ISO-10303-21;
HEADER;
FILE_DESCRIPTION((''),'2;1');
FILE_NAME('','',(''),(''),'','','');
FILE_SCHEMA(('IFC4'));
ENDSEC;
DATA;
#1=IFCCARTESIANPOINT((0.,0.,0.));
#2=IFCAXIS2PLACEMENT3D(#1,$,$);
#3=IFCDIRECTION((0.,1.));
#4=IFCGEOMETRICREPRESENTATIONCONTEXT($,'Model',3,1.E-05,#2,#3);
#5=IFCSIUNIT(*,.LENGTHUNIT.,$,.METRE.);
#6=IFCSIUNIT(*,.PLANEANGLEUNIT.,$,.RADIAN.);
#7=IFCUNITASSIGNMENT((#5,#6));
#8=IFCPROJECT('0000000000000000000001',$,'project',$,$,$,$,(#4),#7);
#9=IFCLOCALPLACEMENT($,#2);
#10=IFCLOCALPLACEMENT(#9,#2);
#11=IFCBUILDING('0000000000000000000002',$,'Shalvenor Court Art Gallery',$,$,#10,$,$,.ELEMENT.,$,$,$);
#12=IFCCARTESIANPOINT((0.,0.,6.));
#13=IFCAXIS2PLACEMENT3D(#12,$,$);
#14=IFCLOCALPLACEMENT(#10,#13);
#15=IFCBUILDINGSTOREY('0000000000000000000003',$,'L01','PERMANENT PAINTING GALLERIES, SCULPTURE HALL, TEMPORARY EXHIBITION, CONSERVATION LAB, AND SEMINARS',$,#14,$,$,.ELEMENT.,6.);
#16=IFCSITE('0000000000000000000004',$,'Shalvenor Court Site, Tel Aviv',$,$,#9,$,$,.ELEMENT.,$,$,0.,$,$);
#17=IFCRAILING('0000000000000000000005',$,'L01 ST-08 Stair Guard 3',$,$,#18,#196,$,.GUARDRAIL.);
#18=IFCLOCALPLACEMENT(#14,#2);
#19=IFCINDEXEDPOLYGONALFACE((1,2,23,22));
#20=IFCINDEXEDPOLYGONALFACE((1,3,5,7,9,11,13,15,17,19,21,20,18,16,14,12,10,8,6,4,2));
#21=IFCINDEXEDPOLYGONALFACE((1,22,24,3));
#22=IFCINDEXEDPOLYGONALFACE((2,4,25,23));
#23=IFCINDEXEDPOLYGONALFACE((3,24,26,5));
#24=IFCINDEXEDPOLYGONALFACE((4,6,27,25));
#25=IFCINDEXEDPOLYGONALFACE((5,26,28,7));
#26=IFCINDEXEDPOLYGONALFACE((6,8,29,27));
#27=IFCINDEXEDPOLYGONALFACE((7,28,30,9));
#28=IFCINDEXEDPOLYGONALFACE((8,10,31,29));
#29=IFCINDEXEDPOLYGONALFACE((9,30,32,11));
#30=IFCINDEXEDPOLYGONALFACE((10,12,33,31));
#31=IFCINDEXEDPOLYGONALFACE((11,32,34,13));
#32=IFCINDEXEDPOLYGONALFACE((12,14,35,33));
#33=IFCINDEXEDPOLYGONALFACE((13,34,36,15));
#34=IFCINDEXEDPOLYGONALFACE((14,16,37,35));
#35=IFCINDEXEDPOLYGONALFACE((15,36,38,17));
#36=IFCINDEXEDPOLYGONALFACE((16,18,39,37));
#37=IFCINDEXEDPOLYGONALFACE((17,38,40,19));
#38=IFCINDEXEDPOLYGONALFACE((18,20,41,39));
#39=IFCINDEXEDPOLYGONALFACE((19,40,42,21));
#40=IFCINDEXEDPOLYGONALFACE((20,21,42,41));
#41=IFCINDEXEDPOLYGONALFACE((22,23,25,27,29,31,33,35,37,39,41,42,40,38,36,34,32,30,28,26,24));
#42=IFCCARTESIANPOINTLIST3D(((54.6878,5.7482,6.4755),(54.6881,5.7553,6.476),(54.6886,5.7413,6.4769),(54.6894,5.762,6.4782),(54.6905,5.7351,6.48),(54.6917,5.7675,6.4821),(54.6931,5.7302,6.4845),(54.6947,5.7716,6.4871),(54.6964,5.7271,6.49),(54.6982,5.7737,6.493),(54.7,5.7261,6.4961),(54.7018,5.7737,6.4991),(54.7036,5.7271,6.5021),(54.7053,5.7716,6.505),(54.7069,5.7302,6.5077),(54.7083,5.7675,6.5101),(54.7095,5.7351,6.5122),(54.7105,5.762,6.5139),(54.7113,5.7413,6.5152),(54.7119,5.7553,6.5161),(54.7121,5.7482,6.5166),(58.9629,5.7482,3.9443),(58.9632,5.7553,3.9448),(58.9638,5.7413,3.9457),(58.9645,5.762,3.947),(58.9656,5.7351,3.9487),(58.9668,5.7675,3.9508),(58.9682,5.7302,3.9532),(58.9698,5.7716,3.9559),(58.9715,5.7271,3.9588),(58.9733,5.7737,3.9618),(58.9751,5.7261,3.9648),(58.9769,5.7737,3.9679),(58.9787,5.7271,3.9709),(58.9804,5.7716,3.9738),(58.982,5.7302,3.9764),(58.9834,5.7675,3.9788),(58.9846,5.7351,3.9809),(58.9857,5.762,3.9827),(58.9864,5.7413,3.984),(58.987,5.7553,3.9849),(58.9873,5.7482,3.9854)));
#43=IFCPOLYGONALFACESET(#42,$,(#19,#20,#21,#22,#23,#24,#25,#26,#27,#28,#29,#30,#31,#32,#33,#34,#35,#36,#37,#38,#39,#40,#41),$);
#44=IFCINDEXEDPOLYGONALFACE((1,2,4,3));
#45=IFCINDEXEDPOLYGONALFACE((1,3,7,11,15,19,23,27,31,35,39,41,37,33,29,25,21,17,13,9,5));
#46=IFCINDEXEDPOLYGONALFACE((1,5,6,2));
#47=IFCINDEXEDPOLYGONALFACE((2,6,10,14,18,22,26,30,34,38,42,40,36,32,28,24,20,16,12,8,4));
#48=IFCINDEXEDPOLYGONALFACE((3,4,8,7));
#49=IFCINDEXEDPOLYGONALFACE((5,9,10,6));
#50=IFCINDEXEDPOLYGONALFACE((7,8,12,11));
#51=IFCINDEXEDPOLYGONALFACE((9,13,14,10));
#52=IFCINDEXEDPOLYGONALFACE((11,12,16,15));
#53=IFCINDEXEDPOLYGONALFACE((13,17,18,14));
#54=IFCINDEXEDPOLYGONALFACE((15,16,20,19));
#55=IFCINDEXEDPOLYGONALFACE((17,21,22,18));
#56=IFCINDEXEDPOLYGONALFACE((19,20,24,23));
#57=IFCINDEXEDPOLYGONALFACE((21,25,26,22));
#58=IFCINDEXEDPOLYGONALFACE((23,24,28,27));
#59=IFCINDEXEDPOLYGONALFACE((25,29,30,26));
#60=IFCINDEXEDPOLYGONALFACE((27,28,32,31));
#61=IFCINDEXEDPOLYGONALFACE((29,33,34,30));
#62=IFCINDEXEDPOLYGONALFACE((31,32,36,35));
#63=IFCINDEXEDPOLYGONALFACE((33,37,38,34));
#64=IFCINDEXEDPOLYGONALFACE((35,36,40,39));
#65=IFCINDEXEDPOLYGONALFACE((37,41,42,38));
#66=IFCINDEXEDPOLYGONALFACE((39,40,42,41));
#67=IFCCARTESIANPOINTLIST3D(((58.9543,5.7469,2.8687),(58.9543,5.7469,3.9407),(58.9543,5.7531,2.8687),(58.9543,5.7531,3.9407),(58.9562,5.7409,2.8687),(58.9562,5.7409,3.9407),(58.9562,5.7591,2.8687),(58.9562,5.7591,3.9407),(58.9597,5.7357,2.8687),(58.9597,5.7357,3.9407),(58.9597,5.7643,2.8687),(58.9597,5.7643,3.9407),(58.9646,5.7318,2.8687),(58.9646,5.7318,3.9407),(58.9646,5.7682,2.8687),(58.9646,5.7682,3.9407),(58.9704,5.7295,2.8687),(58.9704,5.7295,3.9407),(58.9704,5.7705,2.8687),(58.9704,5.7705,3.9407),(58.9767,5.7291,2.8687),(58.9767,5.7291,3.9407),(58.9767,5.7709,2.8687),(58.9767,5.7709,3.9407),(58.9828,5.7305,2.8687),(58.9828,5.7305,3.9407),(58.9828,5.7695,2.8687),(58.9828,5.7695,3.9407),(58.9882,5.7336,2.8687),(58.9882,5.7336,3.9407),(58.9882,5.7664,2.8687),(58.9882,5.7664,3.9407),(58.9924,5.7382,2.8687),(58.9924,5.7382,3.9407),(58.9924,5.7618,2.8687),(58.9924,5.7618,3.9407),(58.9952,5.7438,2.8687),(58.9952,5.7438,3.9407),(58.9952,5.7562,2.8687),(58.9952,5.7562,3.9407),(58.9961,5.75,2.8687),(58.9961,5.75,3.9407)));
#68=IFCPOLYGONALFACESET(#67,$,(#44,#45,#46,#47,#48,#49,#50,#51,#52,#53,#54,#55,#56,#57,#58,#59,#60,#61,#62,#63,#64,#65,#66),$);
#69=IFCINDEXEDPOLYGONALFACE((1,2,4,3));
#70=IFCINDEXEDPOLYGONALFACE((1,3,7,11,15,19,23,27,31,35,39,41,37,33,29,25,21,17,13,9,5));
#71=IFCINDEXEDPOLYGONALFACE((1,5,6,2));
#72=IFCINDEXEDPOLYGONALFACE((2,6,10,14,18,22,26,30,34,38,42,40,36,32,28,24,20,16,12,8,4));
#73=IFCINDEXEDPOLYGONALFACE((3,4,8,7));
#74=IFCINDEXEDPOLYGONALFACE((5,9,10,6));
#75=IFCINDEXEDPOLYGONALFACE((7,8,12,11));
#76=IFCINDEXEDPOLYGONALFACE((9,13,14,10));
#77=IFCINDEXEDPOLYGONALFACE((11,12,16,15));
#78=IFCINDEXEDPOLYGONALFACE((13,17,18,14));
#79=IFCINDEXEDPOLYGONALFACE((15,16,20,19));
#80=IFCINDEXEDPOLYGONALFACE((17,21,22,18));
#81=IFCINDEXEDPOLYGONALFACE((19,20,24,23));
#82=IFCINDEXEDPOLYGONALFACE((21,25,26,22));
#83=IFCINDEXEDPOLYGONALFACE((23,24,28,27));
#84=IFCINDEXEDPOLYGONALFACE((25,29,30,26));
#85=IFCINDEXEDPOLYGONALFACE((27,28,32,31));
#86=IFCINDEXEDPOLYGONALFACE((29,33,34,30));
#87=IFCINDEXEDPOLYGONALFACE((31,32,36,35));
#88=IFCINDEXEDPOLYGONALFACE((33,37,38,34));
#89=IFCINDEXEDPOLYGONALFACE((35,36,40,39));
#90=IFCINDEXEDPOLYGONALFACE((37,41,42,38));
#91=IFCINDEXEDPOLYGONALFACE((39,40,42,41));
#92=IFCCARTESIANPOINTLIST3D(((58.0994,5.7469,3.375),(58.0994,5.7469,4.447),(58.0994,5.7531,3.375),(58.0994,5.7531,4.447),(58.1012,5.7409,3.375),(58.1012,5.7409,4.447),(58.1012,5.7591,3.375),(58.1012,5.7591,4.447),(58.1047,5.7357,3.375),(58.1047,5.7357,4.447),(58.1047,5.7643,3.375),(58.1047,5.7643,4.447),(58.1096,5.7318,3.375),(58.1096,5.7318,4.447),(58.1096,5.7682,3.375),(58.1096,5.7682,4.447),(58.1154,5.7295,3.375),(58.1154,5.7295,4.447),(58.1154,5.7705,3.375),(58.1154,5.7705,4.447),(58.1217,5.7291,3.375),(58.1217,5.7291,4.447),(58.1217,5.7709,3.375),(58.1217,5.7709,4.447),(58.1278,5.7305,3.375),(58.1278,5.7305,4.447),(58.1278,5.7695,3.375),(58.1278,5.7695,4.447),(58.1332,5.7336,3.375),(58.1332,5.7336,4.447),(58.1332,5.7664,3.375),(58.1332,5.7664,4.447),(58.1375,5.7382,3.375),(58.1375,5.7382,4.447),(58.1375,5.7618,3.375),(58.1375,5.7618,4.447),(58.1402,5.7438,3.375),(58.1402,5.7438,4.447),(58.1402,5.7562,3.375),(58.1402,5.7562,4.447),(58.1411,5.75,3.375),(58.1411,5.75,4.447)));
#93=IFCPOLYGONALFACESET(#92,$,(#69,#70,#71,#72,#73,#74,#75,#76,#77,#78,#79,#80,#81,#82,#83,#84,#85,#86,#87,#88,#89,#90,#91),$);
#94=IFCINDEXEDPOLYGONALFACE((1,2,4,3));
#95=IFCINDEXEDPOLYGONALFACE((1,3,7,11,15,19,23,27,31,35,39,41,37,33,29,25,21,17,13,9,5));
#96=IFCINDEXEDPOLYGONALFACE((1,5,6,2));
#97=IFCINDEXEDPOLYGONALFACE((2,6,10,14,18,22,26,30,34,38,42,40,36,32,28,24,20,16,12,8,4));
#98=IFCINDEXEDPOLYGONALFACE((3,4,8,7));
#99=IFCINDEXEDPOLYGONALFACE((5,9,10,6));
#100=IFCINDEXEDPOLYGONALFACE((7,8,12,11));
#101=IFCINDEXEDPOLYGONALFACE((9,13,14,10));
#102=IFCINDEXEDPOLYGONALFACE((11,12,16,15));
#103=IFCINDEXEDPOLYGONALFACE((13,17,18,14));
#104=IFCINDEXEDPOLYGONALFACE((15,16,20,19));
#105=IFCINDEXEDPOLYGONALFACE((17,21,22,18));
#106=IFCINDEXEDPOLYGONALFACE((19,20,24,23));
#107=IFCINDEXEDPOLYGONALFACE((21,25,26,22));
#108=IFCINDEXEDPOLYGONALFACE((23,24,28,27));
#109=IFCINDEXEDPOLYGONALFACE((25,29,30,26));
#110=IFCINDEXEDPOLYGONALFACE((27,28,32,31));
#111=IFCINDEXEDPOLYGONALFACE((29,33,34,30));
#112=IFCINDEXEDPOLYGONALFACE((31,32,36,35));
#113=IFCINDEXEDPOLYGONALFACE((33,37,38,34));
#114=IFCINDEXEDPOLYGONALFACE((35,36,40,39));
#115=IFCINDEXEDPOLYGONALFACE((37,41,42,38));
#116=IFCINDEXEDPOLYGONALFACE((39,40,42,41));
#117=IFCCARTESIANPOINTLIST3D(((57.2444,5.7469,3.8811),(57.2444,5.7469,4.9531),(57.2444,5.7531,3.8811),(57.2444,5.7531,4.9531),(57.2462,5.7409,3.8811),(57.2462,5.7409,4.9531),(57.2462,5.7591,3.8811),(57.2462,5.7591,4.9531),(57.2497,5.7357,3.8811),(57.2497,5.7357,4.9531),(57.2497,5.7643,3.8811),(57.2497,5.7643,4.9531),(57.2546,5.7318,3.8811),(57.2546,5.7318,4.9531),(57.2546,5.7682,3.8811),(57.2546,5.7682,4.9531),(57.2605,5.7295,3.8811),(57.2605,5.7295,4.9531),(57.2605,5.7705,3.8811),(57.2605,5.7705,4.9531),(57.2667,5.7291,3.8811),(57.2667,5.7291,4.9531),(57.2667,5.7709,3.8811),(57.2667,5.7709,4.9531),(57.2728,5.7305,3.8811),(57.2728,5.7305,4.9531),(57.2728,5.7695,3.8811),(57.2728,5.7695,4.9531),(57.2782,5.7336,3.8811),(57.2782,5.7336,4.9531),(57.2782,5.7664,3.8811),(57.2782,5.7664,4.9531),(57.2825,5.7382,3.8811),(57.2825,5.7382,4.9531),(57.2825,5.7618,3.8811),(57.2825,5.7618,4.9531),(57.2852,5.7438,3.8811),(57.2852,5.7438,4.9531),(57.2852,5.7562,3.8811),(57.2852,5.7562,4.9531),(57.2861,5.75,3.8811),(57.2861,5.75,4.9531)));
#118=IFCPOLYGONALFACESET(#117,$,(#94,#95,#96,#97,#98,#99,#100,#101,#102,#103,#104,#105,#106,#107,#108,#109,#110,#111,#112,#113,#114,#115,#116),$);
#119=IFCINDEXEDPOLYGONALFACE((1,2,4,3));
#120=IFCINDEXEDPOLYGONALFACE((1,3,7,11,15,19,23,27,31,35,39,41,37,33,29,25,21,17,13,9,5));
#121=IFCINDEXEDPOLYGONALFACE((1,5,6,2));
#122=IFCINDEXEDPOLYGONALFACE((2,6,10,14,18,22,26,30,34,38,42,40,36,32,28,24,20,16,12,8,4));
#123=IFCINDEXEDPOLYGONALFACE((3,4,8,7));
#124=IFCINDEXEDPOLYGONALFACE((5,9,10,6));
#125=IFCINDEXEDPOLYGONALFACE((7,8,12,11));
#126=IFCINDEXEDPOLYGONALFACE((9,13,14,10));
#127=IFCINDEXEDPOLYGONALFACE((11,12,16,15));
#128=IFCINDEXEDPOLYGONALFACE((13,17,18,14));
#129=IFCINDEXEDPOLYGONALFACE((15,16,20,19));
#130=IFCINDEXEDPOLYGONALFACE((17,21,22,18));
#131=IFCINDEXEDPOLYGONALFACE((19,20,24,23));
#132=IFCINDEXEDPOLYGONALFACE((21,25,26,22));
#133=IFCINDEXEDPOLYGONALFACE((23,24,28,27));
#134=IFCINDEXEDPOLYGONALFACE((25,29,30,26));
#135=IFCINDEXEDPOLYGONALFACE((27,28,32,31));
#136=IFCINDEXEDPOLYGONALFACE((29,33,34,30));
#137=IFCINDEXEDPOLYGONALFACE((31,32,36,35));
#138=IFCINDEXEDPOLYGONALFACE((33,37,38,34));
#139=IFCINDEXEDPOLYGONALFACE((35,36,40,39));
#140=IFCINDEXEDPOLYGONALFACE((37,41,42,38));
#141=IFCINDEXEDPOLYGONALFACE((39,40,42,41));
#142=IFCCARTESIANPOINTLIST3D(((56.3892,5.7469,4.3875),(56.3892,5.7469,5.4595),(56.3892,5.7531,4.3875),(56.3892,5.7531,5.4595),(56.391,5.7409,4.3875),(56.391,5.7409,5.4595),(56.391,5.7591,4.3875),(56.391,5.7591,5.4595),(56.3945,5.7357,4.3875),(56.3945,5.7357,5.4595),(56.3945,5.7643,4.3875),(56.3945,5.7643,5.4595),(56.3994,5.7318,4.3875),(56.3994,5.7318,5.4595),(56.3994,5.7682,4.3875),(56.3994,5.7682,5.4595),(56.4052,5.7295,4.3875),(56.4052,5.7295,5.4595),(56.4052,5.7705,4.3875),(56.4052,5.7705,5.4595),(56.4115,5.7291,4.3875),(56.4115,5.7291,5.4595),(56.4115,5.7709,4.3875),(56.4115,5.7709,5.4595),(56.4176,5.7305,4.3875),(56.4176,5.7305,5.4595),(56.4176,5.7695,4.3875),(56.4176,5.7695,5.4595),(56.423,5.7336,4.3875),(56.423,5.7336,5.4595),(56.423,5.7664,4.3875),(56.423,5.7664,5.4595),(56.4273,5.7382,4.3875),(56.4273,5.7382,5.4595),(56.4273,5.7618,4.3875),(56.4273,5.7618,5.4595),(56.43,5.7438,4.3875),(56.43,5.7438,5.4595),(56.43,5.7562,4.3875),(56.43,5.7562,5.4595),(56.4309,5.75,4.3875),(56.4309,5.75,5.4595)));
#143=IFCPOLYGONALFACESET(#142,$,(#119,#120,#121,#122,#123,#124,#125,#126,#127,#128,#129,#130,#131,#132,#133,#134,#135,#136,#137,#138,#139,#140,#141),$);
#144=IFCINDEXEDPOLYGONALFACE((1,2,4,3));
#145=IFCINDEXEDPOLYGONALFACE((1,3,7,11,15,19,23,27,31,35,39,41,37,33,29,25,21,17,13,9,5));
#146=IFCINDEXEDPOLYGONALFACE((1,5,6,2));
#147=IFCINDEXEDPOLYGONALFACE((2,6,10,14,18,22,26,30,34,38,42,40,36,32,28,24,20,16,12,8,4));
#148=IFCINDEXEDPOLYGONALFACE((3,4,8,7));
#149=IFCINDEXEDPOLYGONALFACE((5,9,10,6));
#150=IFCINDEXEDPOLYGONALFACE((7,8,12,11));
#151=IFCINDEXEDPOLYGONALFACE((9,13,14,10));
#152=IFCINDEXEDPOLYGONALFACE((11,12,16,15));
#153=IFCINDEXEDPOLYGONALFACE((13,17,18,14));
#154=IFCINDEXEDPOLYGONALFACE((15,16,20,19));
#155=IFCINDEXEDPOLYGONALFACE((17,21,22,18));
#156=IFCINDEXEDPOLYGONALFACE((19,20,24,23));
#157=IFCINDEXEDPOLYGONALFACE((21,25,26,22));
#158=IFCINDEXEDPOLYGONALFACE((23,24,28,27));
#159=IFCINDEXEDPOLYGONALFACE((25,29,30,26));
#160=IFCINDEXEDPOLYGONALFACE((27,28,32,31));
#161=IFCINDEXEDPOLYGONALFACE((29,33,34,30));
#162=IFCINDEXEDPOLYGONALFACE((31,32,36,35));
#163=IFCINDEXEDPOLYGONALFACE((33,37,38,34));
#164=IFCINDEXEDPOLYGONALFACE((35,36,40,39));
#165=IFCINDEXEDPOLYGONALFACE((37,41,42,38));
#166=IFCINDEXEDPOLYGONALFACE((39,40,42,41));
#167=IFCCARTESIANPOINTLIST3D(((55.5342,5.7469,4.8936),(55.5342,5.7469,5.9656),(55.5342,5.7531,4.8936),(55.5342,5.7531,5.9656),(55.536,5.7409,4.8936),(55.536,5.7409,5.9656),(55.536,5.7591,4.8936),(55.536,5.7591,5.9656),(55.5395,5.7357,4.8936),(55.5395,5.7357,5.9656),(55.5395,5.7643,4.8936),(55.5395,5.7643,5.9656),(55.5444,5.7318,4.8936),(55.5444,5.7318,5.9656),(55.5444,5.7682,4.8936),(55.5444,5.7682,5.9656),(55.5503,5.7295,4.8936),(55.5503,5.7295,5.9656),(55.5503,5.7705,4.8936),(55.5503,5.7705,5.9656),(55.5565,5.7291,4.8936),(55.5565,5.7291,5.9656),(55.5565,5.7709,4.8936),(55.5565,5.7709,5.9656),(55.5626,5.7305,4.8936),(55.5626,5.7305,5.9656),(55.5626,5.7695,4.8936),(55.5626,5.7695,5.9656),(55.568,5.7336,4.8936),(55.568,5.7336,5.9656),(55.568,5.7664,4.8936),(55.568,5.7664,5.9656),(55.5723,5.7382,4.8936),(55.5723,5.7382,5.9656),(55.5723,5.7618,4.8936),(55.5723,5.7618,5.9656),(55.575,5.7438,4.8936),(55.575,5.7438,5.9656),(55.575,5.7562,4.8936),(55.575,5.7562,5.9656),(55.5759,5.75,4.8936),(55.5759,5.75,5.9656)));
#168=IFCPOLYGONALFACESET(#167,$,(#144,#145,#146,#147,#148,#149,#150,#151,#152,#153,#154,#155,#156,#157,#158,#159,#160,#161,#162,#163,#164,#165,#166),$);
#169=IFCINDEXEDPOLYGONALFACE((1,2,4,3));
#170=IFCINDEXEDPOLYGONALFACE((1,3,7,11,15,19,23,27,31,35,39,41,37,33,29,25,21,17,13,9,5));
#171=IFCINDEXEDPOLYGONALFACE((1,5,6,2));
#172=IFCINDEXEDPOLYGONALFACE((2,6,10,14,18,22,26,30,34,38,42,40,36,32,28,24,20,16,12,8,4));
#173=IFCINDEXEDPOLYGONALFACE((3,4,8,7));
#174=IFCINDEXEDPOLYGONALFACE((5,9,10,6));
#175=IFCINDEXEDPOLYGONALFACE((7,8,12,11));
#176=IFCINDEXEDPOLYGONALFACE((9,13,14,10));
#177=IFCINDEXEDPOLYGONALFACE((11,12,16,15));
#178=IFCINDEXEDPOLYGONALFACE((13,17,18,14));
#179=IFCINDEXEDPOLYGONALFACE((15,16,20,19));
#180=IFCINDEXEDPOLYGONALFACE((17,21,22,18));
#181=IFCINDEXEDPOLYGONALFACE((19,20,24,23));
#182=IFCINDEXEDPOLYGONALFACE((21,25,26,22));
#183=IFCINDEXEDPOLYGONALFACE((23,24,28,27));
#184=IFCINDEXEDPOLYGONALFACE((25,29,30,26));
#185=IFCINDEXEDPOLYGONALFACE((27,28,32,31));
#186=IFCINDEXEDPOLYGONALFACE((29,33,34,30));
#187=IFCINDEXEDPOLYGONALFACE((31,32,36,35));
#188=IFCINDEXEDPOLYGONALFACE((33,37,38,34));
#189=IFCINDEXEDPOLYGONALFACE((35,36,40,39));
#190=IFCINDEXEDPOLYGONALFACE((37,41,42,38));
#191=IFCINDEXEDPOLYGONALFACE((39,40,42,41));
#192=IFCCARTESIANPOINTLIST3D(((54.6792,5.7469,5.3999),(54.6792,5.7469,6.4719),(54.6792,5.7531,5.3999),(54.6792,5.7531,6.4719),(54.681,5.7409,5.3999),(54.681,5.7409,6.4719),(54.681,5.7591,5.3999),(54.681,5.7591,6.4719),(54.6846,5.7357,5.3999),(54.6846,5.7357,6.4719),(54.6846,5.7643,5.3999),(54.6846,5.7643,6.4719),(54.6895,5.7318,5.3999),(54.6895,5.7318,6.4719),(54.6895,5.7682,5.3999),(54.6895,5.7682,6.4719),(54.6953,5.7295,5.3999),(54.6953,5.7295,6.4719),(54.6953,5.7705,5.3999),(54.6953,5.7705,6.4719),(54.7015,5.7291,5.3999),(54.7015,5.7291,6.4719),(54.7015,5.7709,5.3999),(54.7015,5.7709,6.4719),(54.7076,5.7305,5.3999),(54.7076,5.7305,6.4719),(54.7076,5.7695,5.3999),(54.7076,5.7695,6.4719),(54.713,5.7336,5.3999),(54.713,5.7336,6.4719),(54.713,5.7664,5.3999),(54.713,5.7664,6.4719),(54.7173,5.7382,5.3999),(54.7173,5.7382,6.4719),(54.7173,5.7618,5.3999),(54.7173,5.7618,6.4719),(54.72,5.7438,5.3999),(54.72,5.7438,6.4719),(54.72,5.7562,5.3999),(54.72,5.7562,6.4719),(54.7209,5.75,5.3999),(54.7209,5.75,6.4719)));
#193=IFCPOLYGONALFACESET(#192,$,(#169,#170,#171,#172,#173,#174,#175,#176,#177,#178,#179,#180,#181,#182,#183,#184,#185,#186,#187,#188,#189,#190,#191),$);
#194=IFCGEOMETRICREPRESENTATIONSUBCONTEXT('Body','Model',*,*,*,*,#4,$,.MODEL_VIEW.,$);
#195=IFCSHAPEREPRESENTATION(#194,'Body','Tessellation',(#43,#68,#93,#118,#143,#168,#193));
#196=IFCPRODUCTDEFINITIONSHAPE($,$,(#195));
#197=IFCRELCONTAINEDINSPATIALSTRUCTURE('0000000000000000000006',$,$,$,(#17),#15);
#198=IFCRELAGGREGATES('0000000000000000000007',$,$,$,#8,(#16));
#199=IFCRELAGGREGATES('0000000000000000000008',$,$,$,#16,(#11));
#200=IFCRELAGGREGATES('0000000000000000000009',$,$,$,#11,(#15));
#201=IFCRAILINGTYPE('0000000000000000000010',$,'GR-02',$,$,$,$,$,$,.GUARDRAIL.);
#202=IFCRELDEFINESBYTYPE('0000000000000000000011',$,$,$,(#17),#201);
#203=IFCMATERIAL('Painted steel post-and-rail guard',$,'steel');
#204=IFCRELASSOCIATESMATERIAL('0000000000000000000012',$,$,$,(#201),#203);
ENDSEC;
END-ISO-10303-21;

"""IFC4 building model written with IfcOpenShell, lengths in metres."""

from ifc_helpers import new_model, si_unit, direction, frame, origin, origin_2d, place, context, subcontext, project, spatial, circle, extrude, material, type_object, element, save


model = new_model("IFC4")

# Units and contexts
model_context = context("Model", 3, precision=1e-05, world=origin(), true_north=direction((0.0, 1.0)))
body_context = subcontext(model_context, "Body", "Model", "MODEL_VIEW")
ifc_project = project(units=[si_unit("LENGTHUNIT", "METRE"), si_unit("PLANEANGLEUNIT", "RADIAN")], contexts=[model_context])

# Site, building, storey
site_placement = place(None, origin())
site = spatial("IfcSite", under=ifc_project, at=site_placement, Name="Shalvenor Court Site, Tel Aviv", CompositionType="ELEMENT", RefElevation=0.0)
building_placement = place(site_placement, origin())
building = spatial("IfcBuilding", under=site, at=building_placement, Name="Shalvenor Court Art Gallery", CompositionType="ELEMENT")
storey_placement = place(building_placement, frame((0.0, 0.0, 6.0)))
storey = spatial("IfcBuildingStorey", under=building, at=storey_placement, Name="L01", Description="PERMANENT PAINTING GALLERIES, SCULPTURE HALL, TEMPORARY EXHIBITION, CONSERVATION LAB, AND SEMINARS", CompositionType="ELEMENT", Elevation=6.0)

# Railing
ifc_material_1 = material(Name="Painted steel post-and-rail guard", Category="steel")
railing_type_1 = type_object("IfcRailingType", Name="GR-02", PredefinedType="GUARDRAIL", material=ifc_material_1)
railing_1_placement = place(storey_placement, frame((58.9751, 5.75, 2.8687)))
element("IfcRailing", 1, at=railing_1_placement, inside=storey, type_object=railing_type_1, Name="L01 ST-08 Stair Guard 3", PredefinedType="GUARDRAIL", context=body_context, shape_type="SweptSolid", body=[
    extrude(circle(Radius=0.0239, at=origin_2d()), frame((0.0, 0.0, 1.0962), z_axis=(-0.860483, 0.0, 0.509479), x_axis=(0.0, -1.0, 0.0)), (0.0, 0.0, 1.0), 4.9683),
    extrude(circle(Radius=0.021, at=origin_2d()), origin(), (0.0, 0.0, 1.0), 1.072),
    extrude(circle(Radius=0.021, at=origin_2d()), frame((-0.855, 0.0, 0.5063)), (0.0, 0.0, 1.0), 1.072),
    extrude(circle(Radius=0.021, at=origin_2d()), frame((-1.71, 0.0, 1.0125)), (0.0, 0.0, 1.0), 1.072),
    extrude(circle(Radius=0.021, at=origin_2d()), frame((-2.5652, 0.0, 1.5188)), (0.0, 0.0, 1.0), 1.072),
    extrude(circle(Radius=0.021, at=origin_2d()), frame((-3.4202, 0.0, 2.0249)), (0.0, 0.0, 1.0), 1.072),
    extrude(circle(Radius=0.021, at=origin_2d()), frame((-4.2751, 0.0, 2.5312)), (0.0, 0.0, 1.0), 1.072),
])

save(model, "model.ifc")
